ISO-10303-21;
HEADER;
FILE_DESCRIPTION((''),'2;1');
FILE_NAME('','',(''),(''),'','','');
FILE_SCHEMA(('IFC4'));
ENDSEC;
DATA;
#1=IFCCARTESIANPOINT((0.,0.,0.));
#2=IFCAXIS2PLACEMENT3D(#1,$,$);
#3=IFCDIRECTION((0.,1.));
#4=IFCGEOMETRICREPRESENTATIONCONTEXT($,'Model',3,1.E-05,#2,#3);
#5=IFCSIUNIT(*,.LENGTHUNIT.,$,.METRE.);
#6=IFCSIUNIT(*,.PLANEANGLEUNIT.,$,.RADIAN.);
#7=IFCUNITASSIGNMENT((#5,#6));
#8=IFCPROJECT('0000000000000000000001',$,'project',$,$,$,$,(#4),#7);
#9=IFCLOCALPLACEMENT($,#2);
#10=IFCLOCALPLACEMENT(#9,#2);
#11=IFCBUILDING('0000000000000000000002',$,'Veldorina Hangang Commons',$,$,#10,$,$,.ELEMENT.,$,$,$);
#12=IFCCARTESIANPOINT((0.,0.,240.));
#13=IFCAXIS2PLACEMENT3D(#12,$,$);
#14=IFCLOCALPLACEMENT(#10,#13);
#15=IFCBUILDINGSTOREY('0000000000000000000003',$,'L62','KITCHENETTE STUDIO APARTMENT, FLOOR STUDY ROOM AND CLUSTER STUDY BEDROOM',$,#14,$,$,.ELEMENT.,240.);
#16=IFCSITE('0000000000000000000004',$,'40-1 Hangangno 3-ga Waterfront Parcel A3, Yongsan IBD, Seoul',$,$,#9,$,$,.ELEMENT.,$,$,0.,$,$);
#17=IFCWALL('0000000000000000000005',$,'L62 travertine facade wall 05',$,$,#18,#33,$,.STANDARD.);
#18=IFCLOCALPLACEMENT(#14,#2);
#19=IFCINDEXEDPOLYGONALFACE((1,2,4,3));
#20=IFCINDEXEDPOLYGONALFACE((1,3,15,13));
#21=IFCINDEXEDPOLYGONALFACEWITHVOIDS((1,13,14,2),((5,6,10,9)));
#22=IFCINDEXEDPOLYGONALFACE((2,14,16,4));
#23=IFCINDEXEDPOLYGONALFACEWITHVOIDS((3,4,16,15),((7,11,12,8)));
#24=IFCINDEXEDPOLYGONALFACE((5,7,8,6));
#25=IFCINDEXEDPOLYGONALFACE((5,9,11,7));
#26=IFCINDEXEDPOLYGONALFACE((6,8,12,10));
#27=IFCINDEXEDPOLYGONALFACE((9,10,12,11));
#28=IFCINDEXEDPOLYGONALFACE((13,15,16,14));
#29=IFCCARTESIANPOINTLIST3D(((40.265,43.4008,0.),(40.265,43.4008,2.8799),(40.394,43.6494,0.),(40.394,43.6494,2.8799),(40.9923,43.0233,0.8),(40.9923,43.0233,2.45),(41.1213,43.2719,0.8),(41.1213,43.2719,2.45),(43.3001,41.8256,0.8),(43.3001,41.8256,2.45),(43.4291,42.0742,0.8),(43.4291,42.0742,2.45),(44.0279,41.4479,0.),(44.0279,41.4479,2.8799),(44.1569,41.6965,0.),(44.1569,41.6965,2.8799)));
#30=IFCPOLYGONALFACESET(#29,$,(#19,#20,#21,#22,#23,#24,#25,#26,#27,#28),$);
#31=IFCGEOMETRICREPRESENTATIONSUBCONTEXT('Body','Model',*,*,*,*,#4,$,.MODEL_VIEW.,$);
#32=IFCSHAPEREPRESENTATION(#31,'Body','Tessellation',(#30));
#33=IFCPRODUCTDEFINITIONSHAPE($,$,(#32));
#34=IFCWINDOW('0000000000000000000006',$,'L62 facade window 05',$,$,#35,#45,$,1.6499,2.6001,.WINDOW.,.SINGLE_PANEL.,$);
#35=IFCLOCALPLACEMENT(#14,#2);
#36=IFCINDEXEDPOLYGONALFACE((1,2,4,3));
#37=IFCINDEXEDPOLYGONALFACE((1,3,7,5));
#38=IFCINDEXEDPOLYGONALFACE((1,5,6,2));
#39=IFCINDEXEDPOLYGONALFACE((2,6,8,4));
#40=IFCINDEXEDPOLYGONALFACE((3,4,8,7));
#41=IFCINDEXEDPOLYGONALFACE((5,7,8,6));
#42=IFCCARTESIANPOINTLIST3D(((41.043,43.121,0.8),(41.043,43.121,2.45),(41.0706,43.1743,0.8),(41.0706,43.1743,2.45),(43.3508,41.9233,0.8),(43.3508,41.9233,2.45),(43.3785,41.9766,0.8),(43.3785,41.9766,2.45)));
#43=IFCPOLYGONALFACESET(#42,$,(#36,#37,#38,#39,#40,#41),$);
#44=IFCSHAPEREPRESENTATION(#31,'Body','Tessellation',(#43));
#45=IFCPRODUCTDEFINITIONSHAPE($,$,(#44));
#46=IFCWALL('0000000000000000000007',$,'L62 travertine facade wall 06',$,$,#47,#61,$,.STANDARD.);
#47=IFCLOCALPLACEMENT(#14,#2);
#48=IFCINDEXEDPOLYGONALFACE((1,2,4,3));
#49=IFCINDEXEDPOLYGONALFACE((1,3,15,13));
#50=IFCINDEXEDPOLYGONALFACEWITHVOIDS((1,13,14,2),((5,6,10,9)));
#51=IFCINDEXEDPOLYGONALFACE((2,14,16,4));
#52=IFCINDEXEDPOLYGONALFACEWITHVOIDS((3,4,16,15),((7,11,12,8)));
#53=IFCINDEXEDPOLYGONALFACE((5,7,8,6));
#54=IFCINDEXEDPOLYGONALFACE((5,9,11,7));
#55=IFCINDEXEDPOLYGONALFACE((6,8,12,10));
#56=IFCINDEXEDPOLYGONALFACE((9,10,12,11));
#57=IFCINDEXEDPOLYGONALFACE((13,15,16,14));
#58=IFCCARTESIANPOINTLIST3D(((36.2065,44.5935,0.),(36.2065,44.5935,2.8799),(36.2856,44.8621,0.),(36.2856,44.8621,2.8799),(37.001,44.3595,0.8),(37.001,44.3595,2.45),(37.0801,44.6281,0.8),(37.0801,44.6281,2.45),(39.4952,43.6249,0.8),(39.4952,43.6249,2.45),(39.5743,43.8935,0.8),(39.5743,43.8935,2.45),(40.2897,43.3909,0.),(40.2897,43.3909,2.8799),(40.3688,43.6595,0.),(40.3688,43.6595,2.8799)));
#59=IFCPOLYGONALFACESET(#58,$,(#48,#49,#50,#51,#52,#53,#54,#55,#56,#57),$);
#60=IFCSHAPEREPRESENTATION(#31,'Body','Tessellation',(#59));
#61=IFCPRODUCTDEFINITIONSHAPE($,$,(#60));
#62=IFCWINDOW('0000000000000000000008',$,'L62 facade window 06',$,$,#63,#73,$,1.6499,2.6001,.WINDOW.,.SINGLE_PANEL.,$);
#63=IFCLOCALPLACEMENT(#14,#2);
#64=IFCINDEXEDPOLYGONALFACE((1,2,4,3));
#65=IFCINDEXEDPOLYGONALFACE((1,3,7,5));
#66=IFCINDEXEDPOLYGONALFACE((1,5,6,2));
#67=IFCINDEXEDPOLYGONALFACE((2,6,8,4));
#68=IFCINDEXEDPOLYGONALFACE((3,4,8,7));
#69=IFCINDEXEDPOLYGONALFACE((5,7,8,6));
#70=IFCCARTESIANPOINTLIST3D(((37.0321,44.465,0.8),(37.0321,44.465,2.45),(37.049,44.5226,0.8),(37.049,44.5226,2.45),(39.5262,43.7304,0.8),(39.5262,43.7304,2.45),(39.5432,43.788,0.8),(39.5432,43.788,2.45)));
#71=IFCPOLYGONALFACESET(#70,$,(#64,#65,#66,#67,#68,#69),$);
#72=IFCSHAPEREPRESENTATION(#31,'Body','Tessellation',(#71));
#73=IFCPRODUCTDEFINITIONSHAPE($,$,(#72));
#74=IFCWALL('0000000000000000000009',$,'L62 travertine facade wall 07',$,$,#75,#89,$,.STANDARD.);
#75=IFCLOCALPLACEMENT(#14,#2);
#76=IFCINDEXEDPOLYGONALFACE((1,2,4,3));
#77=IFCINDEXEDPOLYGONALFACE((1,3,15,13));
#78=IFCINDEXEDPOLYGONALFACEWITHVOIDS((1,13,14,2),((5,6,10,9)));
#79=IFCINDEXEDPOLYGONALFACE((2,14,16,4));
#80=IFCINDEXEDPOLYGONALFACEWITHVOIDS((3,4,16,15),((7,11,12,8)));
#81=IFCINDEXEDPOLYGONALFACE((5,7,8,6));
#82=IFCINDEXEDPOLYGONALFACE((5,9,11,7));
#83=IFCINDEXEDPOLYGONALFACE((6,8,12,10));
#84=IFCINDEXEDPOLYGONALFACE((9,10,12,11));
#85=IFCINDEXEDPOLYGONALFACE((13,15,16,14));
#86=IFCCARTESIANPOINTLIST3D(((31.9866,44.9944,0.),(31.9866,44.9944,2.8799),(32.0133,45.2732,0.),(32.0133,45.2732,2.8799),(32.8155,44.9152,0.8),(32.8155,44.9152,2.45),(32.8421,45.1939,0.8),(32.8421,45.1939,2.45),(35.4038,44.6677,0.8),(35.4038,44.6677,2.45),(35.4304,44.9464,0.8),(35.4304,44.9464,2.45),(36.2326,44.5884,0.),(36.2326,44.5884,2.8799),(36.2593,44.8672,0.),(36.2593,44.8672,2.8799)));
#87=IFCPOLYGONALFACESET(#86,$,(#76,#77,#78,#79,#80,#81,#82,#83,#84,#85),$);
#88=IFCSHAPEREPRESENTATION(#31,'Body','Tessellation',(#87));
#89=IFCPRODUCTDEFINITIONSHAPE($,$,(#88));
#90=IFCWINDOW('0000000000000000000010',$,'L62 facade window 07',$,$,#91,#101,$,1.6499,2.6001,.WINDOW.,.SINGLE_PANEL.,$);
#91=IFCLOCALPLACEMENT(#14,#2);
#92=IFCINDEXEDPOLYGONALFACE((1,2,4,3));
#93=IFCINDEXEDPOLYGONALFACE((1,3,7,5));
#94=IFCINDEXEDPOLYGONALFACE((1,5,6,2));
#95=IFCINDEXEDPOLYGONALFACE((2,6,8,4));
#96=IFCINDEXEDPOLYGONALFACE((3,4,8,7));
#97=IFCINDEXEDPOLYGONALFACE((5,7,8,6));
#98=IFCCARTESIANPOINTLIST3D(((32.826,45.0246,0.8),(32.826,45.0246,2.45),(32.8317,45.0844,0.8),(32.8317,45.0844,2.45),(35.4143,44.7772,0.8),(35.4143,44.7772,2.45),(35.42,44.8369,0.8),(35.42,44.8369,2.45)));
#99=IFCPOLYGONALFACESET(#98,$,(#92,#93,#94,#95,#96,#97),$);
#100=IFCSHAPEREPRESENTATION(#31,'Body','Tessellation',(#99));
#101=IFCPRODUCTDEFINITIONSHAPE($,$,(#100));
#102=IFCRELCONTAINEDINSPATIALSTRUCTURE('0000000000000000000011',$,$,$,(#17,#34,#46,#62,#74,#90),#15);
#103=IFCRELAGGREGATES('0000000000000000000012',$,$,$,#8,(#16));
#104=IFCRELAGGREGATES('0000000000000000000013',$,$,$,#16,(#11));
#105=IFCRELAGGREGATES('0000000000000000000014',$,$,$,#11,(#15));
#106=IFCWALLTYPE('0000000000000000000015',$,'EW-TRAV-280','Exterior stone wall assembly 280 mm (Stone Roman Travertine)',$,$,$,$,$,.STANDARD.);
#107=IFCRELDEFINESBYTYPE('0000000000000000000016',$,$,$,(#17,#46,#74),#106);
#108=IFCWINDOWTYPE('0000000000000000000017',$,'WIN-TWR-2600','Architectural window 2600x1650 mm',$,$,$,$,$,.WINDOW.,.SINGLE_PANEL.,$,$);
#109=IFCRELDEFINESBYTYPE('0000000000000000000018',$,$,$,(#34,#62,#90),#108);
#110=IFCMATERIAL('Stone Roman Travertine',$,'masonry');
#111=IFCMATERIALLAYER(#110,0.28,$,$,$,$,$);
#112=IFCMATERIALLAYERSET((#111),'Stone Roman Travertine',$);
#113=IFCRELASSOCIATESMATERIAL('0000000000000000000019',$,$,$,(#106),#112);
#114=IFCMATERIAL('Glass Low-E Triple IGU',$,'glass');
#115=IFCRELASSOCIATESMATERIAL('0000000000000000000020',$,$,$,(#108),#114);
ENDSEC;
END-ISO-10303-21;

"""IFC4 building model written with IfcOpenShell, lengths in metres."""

from ifc_helpers import new_model, si_unit, direction, frame, frame_2d, origin, place, context, subcontext, project, spatial, rectangle, extrude, material, layer, layer_set, type_object, element, fill, save


model = new_model("IFC4")

# Units and contexts
model_context = context("Model", 3, precision=1e-05, world=origin(), true_north=direction((0.0, 1.0)))
body_context = subcontext(model_context, "Body", "Model", "MODEL_VIEW")
ifc_project = project(units=[si_unit("LENGTHUNIT", "METRE"), si_unit("PLANEANGLEUNIT", "RADIAN")], contexts=[model_context])

# Site, building, storey
site_placement = place(None, origin())
site = spatial("IfcSite", under=ifc_project, at=site_placement, Name="40-1 Hangangno 3-ga Waterfront Parcel A3, Yongsan IBD, Seoul", CompositionType="ELEMENT", RefElevation=0.0)
building_placement = place(site_placement, origin())
building = spatial("IfcBuilding", under=site, at=building_placement, Name="Veldorina Hangang Commons", CompositionType="ELEMENT")
storey_placement = place(building_placement, frame((0.0, 0.0, 240.0)))
storey = spatial("IfcBuildingStorey", under=building, at=storey_placement, Name="L62", Description="KITCHENETTE STUDIO APARTMENT, FLOOR STUDY ROOM AND CLUSTER STUDY BEDROOM", CompositionType="ELEMENT", Elevation=240.0)

# Walls, openings, windows
ifc_material_1 = material(Name="Stone Roman Travertine", Category="masonry")
ifc_layer_1 = layer(ifc_material_1, 0.28)
ifc_layer_set_1 = layer_set([ifc_layer_1], Name="Stone Roman Travertine")
wall_type = type_object("IfcWallType", Name="EW-TRAV-280", Description="Exterior stone wall assembly 280 mm (Stone Roman Travertine)", PredefinedType="STANDARD", material=ifc_layer_set_1)
wall_1_placement = place(storey_placement, frame((44.0923, 41.5723, 0.0), z_axis=(0.0, 0.0, 1.0), x_axis=(-0.887588, 0.460638, 0.0)))
wall_1 = element("IfcWall", 1, at=wall_1_placement, inside=storey, type_object=wall_type, Name="L62 travertine facade wall 05", PredefinedType="STANDARD", context=body_context, shape_type="SweptSolid", body=[
    extrude(rectangle(XDim=4.2395, YDim=0.28, at=frame_2d((2.1196, 0.0))), origin(), (0.0, 0.0, 1.0), 2.8799),
])
opening_1_placement = place(wall_1_placement, frame((0.8198, 0.0, 0.8)))
opening_1 = element("IfcOpeningElement", 2, at=opening_1_placement, cuts=wall_1, PredefinedType="OPENING", context=body_context, shape_type="SweptSolid", body=[
    extrude(rectangle(XDim=2.6001, YDim=1.6499, at=frame_2d((1.3, 0.825))), frame((0.0, 0.1499, 0.0), z_axis=(0.0, -1.0, 0.0), x_axis=(1.0, 0.0, 0.0)), (0.0, 0.0, 1.0), 0.3),
])
ifc_material_2 = material(Name="Glass Low-E Triple IGU", Category="glass")
window_type = type_object("IfcWindowType", Name="WIN-TWR-2600", Description="Architectural window 2600x1650 mm", PartitioningType="SINGLE_PANEL", PredefinedType="WINDOW", material=ifc_material_2)
window_1_placement = place(opening_1_placement, origin())
window_1 = element("IfcWindow", 3, at=window_1_placement, inside=storey, type_object=window_type, Name="L62 facade window 05", OverallHeight=1.6499, OverallWidth=2.6001, PartitioningType="SINGLE_PANEL", PredefinedType="WINDOW", context=body_context, shape_type="SweptSolid", body=[
    extrude(rectangle(XDim=2.6001, YDim=1.6499, at=frame_2d((1.3, 0.825))), frame((0.0, 0.03, 0.0), z_axis=(0.0, -1.0, 0.0), x_axis=(1.0, 0.0, 0.0)), (0.0, 0.0, 1.0), 0.0601),
])
fill(opening_1, window_1)
wall_2_placement = place(storey_placement, frame((40.3293, 43.5251, 0.0), z_axis=(0.0, 0.0, 1.0), x_axis=(-0.959259, 0.28253, 0.0)))
wall_2 = element("IfcWall", 4, at=wall_2_placement, inside=storey, type_object=wall_type, Name="L62 travertine facade wall 06", PredefinedType="STANDARD", context=body_context, shape_type="SweptSolid", body=[
    extrude(rectangle(XDim=4.2566, YDim=0.28, at=frame_2d((2.1284, 0.0))), origin(), (0.0, 0.0, 1.0), 2.8799),
])
opening_2_placement = place(wall_2_placement, frame((0.8284, 0.0, 0.8)))
opening_2 = element("IfcOpeningElement", 5, at=opening_2_placement, cuts=wall_2, PredefinedType="OPENING", context=body_context, shape_type="SweptSolid", body=[
    extrude(rectangle(XDim=2.6001, YDim=1.6499, at=frame_2d((1.3, 0.825))), frame((0.0, 0.1499, 0.0), z_axis=(0.0, -1.0, 0.0), x_axis=(1.0, 0.0, 0.0)), (0.0, 0.0, 1.0), 0.3),
])
window_2_placement = place(opening_2_placement, origin())
window_2 = element("IfcWindow", 6, at=window_2_placement, inside=storey, type_object=window_type, Name="L62 facade window 06", OverallHeight=1.6499, OverallWidth=2.6001, PartitioningType="SINGLE_PANEL", PredefinedType="WINDOW", context=body_context, shape_type="SweptSolid", body=[
    extrude(rectangle(XDim=2.6001, YDim=1.6499, at=frame_2d((1.3, 0.825))), frame((0.0, 0.03, 0.0), z_axis=(0.0, -1.0, 0.0), x_axis=(1.0, 0.0, 0.0)), (0.0, 0.0, 1.0), 0.0601),
])
fill(opening_2, window_2)
wall_3_placement = place(storey_placement, frame((36.2461, 44.7278, 0.0), z_axis=(0.0, 0.0, 1.0), x_axis=(-0.99546, 0.095185, 0.0)))
wall_3 = element("IfcWall", 7, at=wall_3_placement, inside=storey, type_object=wall_type, Name="L62 travertine facade wall 07", PredefinedType="STANDARD", context=body_context, shape_type="SweptSolid", body=[
    extrude(rectangle(XDim=4.2654, YDim=0.28, at=frame_2d((2.1328, 0.0))), origin(), (0.0, 0.0, 1.0), 2.8799),
])
opening_3_placement = place(wall_3_placement, frame((0.8328, 0.0, 0.8)))
opening_3 = element("IfcOpeningElement", 8, at=opening_3_placement, cuts=wall_3, PredefinedType="OPENING", context=body_context, shape_type="SweptSolid", body=[
    extrude(rectangle(XDim=2.6001, YDim=1.6499, at=frame_2d((1.3, 0.825))), frame((0.0, 0.1499, 0.0), z_axis=(0.0, -1.0, 0.0), x_axis=(1.0, 0.0, 0.0)), (0.0, 0.0, 1.0), 0.3),
])
window_3_placement = place(opening_3_placement, origin())
window_3 = element("IfcWindow", 9, at=window_3_placement, inside=storey, type_object=window_type, Name="L62 facade window 07", OverallHeight=1.6499, OverallWidth=2.6001, PartitioningType="SINGLE_PANEL", PredefinedType="WINDOW", context=body_context, shape_type="SweptSolid", body=[
    extrude(rectangle(XDim=2.6001, YDim=1.6499, at=frame_2d((1.3, 0.825))), frame((0.0, 0.03, 0.0), z_axis=(0.0, -1.0, 0.0), x_axis=(1.0, 0.0, 0.0)), (0.0, 0.0, 1.0), 0.0601),
])
fill(opening_3, window_3)

save(model, "model.ifc")
